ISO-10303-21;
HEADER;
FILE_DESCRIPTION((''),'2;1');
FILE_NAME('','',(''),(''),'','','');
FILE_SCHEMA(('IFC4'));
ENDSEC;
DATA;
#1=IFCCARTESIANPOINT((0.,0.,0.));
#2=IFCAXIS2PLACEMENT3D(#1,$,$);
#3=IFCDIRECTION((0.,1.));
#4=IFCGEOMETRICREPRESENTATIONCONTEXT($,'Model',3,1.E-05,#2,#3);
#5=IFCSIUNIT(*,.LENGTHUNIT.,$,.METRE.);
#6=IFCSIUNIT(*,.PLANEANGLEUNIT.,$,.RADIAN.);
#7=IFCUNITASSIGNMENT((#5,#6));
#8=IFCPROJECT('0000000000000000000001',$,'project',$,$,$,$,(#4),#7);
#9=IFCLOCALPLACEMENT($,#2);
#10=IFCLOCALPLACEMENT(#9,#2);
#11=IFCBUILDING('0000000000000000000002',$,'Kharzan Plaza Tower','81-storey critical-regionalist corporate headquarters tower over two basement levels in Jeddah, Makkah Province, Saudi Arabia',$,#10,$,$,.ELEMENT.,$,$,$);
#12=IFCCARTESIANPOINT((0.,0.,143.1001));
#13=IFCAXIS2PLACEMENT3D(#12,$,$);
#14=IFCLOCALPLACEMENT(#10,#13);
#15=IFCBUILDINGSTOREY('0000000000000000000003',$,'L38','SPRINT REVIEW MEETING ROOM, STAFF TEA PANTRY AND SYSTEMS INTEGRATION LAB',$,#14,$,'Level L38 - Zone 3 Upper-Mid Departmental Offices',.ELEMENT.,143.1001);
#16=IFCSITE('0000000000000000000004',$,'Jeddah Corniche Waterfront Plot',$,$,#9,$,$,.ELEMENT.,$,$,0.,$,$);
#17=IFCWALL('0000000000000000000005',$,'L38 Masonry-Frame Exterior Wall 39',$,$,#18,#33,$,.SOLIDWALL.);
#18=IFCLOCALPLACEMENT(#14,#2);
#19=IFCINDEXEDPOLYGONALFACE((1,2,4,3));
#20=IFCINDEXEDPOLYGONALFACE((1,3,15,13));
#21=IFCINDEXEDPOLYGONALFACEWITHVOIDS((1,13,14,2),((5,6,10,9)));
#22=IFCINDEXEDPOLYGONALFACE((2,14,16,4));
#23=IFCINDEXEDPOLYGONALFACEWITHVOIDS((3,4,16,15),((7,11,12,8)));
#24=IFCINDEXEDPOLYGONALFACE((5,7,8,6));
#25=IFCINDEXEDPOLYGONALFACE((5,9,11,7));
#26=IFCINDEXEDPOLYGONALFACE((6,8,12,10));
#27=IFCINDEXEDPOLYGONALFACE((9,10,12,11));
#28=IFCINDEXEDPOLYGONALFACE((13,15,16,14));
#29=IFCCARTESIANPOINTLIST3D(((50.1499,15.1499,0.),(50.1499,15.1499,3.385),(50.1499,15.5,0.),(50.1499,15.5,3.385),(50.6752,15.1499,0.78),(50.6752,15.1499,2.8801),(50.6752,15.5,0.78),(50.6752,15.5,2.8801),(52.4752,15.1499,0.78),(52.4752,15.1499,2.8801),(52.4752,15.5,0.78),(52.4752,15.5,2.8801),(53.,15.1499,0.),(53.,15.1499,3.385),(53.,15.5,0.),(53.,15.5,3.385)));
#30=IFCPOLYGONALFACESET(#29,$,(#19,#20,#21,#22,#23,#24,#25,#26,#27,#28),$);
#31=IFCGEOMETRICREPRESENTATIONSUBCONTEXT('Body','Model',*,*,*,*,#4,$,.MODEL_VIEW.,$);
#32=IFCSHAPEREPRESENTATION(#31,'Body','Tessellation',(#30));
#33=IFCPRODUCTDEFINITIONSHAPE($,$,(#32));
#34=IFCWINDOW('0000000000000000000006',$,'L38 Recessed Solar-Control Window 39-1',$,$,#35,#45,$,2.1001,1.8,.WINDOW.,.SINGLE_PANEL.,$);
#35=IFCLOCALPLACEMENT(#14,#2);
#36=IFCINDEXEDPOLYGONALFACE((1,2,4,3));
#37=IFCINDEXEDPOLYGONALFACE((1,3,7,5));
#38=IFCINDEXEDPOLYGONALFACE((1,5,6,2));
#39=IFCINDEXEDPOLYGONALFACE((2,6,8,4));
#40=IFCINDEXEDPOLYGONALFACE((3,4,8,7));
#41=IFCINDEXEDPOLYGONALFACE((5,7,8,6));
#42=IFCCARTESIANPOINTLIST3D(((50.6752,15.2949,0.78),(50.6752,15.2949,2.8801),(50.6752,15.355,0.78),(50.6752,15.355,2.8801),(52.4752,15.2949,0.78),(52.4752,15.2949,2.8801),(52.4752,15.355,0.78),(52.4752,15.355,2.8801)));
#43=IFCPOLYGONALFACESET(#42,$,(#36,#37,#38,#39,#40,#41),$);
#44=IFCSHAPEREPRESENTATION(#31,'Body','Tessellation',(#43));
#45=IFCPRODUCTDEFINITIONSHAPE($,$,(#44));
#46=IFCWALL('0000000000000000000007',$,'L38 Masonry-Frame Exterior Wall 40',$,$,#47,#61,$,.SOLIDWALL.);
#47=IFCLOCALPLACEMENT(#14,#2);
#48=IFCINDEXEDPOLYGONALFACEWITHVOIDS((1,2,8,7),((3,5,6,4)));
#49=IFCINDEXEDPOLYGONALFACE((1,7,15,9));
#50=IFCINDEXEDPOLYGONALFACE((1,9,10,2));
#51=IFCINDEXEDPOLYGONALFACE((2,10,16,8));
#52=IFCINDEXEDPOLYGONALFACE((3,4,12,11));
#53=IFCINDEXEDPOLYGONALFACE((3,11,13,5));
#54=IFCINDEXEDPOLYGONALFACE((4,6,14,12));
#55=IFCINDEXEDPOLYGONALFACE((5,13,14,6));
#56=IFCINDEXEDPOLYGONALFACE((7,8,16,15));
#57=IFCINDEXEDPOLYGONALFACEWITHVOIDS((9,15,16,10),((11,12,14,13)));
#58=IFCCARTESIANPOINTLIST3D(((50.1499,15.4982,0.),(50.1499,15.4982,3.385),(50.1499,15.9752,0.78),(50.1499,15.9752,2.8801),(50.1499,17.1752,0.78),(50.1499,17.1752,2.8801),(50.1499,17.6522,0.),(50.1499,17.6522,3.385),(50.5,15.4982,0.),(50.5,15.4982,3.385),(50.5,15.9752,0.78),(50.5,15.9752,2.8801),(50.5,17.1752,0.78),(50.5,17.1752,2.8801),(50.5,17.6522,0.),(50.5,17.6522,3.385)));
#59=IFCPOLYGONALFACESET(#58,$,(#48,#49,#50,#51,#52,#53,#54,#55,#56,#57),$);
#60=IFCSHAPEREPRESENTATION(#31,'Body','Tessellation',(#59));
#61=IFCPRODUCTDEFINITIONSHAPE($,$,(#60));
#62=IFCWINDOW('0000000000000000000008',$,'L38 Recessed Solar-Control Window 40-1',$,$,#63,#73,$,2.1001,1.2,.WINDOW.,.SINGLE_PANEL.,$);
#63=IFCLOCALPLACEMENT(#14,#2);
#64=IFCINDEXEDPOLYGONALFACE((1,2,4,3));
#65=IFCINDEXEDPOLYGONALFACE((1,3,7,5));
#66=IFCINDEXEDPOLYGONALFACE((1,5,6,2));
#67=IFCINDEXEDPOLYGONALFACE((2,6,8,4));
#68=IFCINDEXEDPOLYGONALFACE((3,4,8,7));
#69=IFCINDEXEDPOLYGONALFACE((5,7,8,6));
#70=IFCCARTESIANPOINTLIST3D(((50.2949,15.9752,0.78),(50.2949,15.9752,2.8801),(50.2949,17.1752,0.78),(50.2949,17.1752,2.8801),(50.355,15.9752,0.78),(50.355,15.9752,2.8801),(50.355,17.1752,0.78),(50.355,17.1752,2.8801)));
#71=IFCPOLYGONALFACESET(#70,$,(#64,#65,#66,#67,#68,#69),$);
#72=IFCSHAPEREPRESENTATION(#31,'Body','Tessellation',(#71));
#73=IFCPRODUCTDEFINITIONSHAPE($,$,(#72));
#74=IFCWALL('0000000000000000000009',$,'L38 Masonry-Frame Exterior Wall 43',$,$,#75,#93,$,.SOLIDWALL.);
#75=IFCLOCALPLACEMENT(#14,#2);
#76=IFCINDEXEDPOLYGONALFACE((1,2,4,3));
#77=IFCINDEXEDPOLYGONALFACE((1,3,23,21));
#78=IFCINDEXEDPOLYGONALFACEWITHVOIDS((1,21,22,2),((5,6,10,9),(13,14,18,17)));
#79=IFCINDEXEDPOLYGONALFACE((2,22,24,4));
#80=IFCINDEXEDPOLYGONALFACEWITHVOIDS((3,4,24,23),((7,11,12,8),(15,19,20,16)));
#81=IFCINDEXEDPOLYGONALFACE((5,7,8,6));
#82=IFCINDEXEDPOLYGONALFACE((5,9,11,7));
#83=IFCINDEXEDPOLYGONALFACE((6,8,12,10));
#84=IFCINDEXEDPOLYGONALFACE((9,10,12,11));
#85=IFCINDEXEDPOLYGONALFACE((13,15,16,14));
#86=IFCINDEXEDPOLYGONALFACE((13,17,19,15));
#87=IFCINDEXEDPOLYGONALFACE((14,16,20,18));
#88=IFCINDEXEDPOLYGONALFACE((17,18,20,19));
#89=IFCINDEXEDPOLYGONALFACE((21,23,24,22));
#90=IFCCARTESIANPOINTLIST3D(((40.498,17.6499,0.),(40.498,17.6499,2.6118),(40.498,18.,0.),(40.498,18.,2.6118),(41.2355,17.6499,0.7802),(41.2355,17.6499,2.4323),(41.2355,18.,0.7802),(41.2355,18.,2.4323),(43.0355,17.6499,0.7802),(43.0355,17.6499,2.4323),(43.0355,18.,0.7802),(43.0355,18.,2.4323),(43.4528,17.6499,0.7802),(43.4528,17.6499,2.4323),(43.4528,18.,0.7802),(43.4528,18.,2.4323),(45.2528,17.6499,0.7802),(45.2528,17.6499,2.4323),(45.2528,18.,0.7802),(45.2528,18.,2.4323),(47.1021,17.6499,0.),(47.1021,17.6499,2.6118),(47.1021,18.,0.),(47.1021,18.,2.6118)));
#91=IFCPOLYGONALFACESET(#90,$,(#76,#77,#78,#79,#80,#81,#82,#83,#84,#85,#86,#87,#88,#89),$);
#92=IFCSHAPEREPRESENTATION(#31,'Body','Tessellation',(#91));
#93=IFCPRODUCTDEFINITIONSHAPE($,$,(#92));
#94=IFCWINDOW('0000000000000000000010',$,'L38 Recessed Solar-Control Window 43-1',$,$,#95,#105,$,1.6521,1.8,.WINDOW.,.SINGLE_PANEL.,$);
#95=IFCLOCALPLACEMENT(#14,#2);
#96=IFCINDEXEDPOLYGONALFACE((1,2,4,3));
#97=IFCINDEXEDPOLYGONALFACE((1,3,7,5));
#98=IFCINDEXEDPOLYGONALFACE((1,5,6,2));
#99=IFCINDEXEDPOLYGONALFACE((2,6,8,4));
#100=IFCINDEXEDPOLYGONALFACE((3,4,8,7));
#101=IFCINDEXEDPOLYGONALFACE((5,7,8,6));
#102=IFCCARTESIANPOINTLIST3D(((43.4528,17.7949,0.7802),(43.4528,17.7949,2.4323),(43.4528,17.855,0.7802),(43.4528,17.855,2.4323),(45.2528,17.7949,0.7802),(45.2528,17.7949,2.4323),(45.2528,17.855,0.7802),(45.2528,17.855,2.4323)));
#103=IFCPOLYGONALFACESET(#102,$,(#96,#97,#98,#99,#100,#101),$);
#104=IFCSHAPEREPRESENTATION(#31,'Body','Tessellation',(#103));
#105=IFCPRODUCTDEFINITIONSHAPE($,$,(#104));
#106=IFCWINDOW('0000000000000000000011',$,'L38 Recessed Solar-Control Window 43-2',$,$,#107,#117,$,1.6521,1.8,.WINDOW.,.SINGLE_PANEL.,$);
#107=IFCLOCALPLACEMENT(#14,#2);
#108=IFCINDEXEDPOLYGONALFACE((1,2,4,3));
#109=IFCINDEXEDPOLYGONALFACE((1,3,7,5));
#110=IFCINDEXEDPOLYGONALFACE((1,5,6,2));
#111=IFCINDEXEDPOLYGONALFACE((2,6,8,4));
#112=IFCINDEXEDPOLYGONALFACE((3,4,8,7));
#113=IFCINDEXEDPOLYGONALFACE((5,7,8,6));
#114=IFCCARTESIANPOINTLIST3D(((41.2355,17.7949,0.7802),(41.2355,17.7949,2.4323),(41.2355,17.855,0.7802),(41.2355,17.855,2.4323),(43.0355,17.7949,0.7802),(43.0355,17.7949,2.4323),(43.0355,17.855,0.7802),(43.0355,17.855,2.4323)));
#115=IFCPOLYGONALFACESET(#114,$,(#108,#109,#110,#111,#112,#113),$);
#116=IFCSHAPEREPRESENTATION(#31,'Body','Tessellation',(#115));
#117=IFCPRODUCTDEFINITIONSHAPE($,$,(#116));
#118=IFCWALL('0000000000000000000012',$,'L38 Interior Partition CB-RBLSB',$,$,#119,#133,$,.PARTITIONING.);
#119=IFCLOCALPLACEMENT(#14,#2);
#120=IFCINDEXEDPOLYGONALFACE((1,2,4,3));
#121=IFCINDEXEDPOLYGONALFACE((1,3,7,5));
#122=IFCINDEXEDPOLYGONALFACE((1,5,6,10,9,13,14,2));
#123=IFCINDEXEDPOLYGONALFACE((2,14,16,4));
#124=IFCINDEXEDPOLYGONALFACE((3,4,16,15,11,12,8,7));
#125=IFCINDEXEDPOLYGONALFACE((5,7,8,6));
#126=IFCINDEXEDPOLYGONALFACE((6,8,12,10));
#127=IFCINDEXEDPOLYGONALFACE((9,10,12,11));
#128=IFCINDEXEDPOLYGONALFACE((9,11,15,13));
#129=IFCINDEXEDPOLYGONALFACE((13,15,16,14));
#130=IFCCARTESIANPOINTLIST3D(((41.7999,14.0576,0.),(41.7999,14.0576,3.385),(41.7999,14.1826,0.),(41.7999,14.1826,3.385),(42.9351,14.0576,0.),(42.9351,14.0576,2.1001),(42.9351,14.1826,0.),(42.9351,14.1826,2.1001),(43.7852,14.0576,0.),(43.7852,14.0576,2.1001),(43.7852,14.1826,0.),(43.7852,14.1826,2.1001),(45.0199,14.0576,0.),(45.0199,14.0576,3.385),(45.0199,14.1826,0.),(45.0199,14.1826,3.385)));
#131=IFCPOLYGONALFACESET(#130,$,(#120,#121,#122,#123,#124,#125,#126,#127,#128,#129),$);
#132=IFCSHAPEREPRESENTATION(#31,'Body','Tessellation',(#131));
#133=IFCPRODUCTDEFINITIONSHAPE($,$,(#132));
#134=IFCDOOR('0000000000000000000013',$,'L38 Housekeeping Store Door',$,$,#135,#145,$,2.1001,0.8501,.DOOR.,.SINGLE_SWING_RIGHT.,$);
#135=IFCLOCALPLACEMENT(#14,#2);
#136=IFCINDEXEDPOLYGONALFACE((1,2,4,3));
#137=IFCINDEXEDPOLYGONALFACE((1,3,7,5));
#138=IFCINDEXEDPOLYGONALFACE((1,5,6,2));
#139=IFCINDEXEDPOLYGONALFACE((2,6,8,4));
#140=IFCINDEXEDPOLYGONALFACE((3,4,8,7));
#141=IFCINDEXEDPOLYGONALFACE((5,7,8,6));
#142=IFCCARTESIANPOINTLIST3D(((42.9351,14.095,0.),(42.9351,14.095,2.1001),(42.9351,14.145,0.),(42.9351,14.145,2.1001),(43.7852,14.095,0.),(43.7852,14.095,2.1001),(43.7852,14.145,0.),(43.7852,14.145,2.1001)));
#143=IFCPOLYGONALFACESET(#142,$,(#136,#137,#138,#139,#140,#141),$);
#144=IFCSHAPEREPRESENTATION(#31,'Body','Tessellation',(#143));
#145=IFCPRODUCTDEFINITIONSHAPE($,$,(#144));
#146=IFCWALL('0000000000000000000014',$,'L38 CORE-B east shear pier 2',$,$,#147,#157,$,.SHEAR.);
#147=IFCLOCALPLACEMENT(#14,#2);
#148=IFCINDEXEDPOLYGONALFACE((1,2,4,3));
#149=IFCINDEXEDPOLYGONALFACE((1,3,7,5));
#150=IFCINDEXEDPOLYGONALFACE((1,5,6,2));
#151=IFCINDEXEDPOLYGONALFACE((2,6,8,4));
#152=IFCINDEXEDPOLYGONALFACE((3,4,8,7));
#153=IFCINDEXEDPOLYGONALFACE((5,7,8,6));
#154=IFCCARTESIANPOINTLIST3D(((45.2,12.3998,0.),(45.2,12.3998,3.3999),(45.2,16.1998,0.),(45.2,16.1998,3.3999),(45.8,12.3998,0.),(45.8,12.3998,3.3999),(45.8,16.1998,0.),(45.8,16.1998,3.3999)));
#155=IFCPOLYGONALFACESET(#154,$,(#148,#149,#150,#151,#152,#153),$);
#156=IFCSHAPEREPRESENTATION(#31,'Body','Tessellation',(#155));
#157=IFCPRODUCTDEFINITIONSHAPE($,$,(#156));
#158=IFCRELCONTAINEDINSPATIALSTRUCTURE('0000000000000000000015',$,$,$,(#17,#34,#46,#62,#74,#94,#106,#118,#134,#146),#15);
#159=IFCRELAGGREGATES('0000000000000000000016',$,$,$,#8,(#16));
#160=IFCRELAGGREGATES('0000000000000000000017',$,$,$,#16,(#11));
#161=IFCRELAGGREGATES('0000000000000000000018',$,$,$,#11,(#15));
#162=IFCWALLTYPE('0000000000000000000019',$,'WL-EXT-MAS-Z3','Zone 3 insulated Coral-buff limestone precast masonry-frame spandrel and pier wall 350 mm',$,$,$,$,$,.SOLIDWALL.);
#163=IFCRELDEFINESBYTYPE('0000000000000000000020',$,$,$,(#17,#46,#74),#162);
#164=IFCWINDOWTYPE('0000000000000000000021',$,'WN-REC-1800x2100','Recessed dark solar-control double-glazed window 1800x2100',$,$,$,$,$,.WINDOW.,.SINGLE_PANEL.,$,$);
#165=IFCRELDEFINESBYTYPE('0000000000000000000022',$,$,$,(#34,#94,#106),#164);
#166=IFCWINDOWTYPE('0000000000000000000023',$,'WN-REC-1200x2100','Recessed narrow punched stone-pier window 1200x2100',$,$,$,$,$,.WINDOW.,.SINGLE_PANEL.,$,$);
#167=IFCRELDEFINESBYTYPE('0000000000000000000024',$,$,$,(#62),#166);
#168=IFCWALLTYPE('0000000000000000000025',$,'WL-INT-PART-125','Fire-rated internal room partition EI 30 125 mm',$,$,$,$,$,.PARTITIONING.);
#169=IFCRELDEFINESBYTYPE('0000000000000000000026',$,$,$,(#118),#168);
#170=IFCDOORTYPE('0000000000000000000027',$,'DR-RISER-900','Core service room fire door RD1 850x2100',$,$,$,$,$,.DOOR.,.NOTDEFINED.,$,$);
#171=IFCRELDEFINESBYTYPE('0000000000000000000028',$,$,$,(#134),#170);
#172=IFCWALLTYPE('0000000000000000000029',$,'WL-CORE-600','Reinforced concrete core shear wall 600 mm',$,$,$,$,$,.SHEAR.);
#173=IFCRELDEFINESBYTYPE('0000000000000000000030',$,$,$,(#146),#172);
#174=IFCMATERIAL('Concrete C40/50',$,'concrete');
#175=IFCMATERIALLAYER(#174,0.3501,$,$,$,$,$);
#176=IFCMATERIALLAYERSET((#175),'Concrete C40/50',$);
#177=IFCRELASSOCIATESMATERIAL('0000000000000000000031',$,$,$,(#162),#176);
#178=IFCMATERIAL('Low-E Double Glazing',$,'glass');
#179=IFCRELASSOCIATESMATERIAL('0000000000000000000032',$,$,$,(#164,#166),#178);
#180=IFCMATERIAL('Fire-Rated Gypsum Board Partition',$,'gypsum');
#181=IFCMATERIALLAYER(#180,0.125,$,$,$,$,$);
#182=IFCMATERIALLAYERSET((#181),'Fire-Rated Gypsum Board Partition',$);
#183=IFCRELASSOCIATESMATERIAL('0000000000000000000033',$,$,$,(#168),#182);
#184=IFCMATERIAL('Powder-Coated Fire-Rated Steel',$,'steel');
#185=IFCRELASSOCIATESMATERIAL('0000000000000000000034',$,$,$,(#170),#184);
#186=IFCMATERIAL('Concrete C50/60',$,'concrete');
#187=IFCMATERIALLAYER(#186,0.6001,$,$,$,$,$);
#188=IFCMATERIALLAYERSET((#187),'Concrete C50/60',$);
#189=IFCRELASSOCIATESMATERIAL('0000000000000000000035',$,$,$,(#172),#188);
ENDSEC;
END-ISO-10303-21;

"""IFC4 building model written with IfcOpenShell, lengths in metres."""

from ifc_helpers import new_model, si_unit, direction, frame, frame_2d, origin, place, context, subcontext, project, spatial, rectangle, extrude, source, transform, mapped, material, layer, layer_set, type_object, element, fill, save


model = new_model("IFC4")

# Units and contexts
model_context = context("Model", 3, precision=1e-05, world=origin(), true_north=direction((0.0, 1.0)))
body_context = subcontext(model_context, "Body", "Model", "MODEL_VIEW")
ifc_project = project(units=[si_unit("LENGTHUNIT", "METRE"), si_unit("PLANEANGLEUNIT", "RADIAN")], contexts=[model_context])

# Site, building, storey
site_placement = place(None, origin())
site = spatial("IfcSite", under=ifc_project, at=site_placement, Name="Jeddah Corniche Waterfront Plot", CompositionType="ELEMENT", RefElevation=0.0)
building_placement = place(site_placement, origin())
building = spatial("IfcBuilding", under=site, at=building_placement, Name="Kharzan Plaza Tower", Description="81-storey critical-regionalist corporate headquarters tower over two basement levels in Jeddah, Makkah Province, Saudi Arabia", CompositionType="ELEMENT")
storey_placement = place(building_placement, frame((0.0, 0.0, 143.1001)))
storey = spatial("IfcBuildingStorey", under=building, at=storey_placement, Name="L38", Description="SPRINT REVIEW MEETING ROOM, STAFF TEA PANTRY AND SYSTEMS INTEGRATION LAB", LongName="Level L38 - Zone 3 Upper-Mid Departmental Offices", CompositionType="ELEMENT", Elevation=143.1001)

# Shared definitions
ifc_material_1 = material(Name="Concrete C50/60", Category="concrete")

# Walls, openings, windows
ifc_material_2 = material(Name="Concrete C40/50", Category="concrete")
ifc_layer_1 = layer(ifc_material_2, 0.3501)
ifc_layer_set_1 = layer_set([ifc_layer_1], Name="Concrete C40/50")
wall_type_1 = type_object("IfcWallType", Name="WL-EXT-MAS-Z3", Description="Zone 3 insulated Coral-buff limestone precast masonry-frame spandrel and pier wall 350 mm", PredefinedType="SOLIDWALL", material=ifc_layer_set_1)
wall_1_placement = place(storey_placement, frame((53.0, 15.325, 0.0), z_axis=(0.0, 0.0, 1.0), x_axis=(-1.0, 0.0, 0.0)))
wall_1 = element("IfcWall", 1, at=wall_1_placement, inside=storey, type_object=wall_type_1, Name="L38 Masonry-Frame Exterior Wall 39", PredefinedType="SOLIDWALL", context=body_context, shape_type="SweptSolid", body=[
    extrude(rectangle(XDim=2.8501, YDim=0.3501, at=frame_2d((1.425, 0.0))), origin(), (0.0, 0.0, 1.0), 3.385),
])
opening_1_placement = place(wall_1_placement, frame((0.5249, 0.0, 0.78)))
opening_1 = element("IfcOpeningElement", 2, at=opening_1_placement, cuts=wall_1, PredefinedType="OPENING", context=body_context, shape_type="SweptSolid", body=[
    extrude(rectangle(XDim=1.8, YDim=2.1001, at=frame_2d((0.8999, 1.05))), frame((0.0, 0.1851, 0.0), z_axis=(0.0, -1.0, 0.0), x_axis=(1.0, 0.0, 0.0)), (0.0, 0.0, 1.0), 0.3701),
])
ifc_material_3 = material(Name="Low-E Double Glazing", Category="glass")
window_type_1 = type_object("IfcWindowType", Name="WN-REC-1800x2100", Description="Recessed dark solar-control double-glazed window 1800x2100", PartitioningType="SINGLE_PANEL", PredefinedType="WINDOW", material=ifc_material_3)
shared_shape_1 = source(origin(), body_context, "Body", "SweptSolid", [
    extrude(rectangle(XDim=1.8, YDim=2.1001, at=frame_2d((0.8999, 1.05))), frame((0.0, 0.03, 0.0), z_axis=(0.0, -1.0, 0.0), x_axis=(1.0, 0.0, 0.0)), (0.0, 0.0, 1.0), 0.0601),
])
window_1_placement = place(opening_1_placement, origin())
window_1 = element("IfcWindow", 3, at=window_1_placement, inside=storey, type_object=window_type_1, Name="L38 Recessed Solar-Control Window 39-1", OverallHeight=2.1001, OverallWidth=1.8, PartitioningType="SINGLE_PANEL", PredefinedType="WINDOW", context=body_context, shape_type="MappedRepresentation", body=[
    mapped(shared_shape_1, transform((0.0, 0.0, 0.0), x_axis=(1.0, 0.0, 0.0), y_axis=(0.0, 1.0, 0.0), z_axis=(0.0, 0.0, 1.0))),
])
fill(opening_1, window_1)
wall_2_placement = place(storey_placement, frame((50.325, 15.498, 0.0), z_axis=(0.0, 0.0, 1.0), x_axis=(0.0, 1.0, 0.0)))
wall_2 = element("IfcWall", 4, at=wall_2_placement, inside=storey, type_object=wall_type_1, Name="L38 Masonry-Frame Exterior Wall 40", PredefinedType="SOLIDWALL", context=body_context, shape_type="SweptSolid", body=[
    extrude(rectangle(XDim=2.1541, YDim=0.3501, at=frame_2d((1.0771, 0.0))), origin(), (0.0, 0.0, 1.0), 3.385),
])
opening_2_placement = place(wall_2_placement, frame((0.4771, 0.0, 0.78)))
opening_2 = element("IfcOpeningElement", 5, at=opening_2_placement, cuts=wall_2, PredefinedType="OPENING", context=body_context, shape_type="SweptSolid", body=[
    extrude(rectangle(XDim=1.2, YDim=2.1001, at=frame_2d((0.6001, 1.05))), frame((0.0, 0.1851, 0.0), z_axis=(0.0, -1.0, 0.0), x_axis=(1.0, 0.0, 0.0)), (0.0, 0.0, 1.0), 0.3701),
])
window_type_2 = type_object("IfcWindowType", Name="WN-REC-1200x2100", Description="Recessed narrow punched stone-pier window 1200x2100", PartitioningType="SINGLE_PANEL", PredefinedType="WINDOW", material=ifc_material_3)
shared_shape_2 = source(origin(), body_context, "Body", "SweptSolid", [
    extrude(rectangle(XDim=1.2, YDim=2.1001, at=frame_2d((0.6001, 1.05))), frame((0.0, 0.03, 0.0), z_axis=(0.0, -1.0, 0.0), x_axis=(1.0, 0.0, 0.0)), (0.0, 0.0, 1.0), 0.0601),
])
window_2_placement = place(opening_2_placement, origin())
window_2 = element("IfcWindow", 6, at=window_2_placement, inside=storey, type_object=window_type_2, Name="L38 Recessed Solar-Control Window 40-1", OverallHeight=2.1001, OverallWidth=1.2, PartitioningType="SINGLE_PANEL", PredefinedType="WINDOW", context=body_context, shape_type="MappedRepresentation", body=[
    mapped(shared_shape_2, transform((0.0, 0.0, 0.0), x_axis=(1.0, 0.0, 0.0), y_axis=(0.0, 1.0, 0.0), z_axis=(0.0, 0.0, 1.0))),
])
fill(opening_2, window_2)

# Wall, openings, windows
wall_3_placement = place(storey_placement, frame((47.1021, 17.825, 0.0), z_axis=(0.0, 0.0, 1.0), x_axis=(-1.0, 0.0, 0.0)))
wall_3 = element("IfcWall", 7, at=wall_3_placement, inside=storey, type_object=wall_type_1, Name="L38 Masonry-Frame Exterior Wall 43", PredefinedType="SOLIDWALL", context=body_context, shape_type="SweptSolid", body=[
    extrude(rectangle(XDim=6.604, YDim=0.3501, at=frame_2d((3.302, 0.0))), origin(), (0.0, 0.0, 1.0), 2.6118),
])
opening_3_placement = place(wall_3_placement, frame((1.8494, 0.0, 0.78)))
opening_3 = element("IfcOpeningElement", 8, at=opening_3_placement, cuts=wall_3, PredefinedType="OPENING", context=body_context, shape_type="SweptSolid", body=[
    extrude(rectangle(XDim=1.8, YDim=1.6521, at=frame_2d((0.8999, 0.8262))), frame((0.0, 0.1851, 0.0), z_axis=(0.0, -1.0, 0.0), x_axis=(1.0, 0.0, 0.0)), (0.0, 0.0, 1.0), 0.3701),
])
opening_4_placement = place(wall_3_placement, frame((4.0667, 0.0, 0.78)))
opening_4 = element("IfcOpeningElement", 9, at=opening_4_placement, cuts=wall_3, PredefinedType="OPENING", context=body_context, shape_type="SweptSolid", body=[
    extrude(rectangle(XDim=1.8, YDim=1.6521, at=frame_2d((0.8999, 0.8262))), frame((0.0, 0.1851, 0.0), z_axis=(0.0, -1.0, 0.0), x_axis=(1.0, 0.0, 0.0)), (0.0, 0.0, 1.0), 0.3701),
])
shared_shape_3 = source(origin(), body_context, "Body", "SweptSolid", [
    extrude(rectangle(XDim=1.8, YDim=1.6521, at=frame_2d((0.8999, 0.8262))), frame((0.0, 0.03, 0.0), z_axis=(0.0, -1.0, 0.0), x_axis=(1.0, 0.0, 0.0)), (0.0, 0.0, 1.0), 0.0601),
])
window_3_placement = place(opening_3_placement, origin())
window_3 = element("IfcWindow", 10, at=window_3_placement, inside=storey, type_object=window_type_1, Name="L38 Recessed Solar-Control Window 43-1", OverallHeight=1.6521, OverallWidth=1.8, PartitioningType="SINGLE_PANEL", PredefinedType="WINDOW", context=body_context, shape_type="MappedRepresentation", body=[
    mapped(shared_shape_3, transform((0.0, 0.0, 0.0), x_axis=(1.0, 0.0, 0.0), y_axis=(0.0, 1.0, 0.0), z_axis=(0.0, 0.0, 1.0))),
])
fill(opening_3, window_3)
window_4_placement = place(opening_4_placement, origin())
window_4 = element("IfcWindow", 11, at=window_4_placement, inside=storey, type_object=window_type_1, Name="L38 Recessed Solar-Control Window 43-2", OverallHeight=1.6521, OverallWidth=1.8, PartitioningType="SINGLE_PANEL", PredefinedType="WINDOW", context=body_context, shape_type="MappedRepresentation", body=[
    mapped(shared_shape_3, transform((0.0, 0.0, 0.0), x_axis=(1.0, 0.0, 0.0), y_axis=(0.0, 1.0, 0.0), z_axis=(0.0, 0.0, 1.0))),
])
fill(opening_4, window_4)

# Wall, opening, door
ifc_material_4 = material(Name="Fire-Rated Gypsum Board Partition", Category="gypsum")
ifc_layer_2 = layer(ifc_material_4, 0.125)
ifc_layer_set_2 = layer_set([ifc_layer_2], Name="Fire-Rated Gypsum Board Partition")
wall_type_2 = type_object("IfcWallType", Name="WL-INT-PART-125", Description="Fire-rated internal room partition EI 30 125 mm", PredefinedType="PARTITIONING", material=ifc_layer_set_2)
wall_4_placement = place(storey_placement, frame((41.8, 14.1201, 0.0), z_axis=(0.0, 0.0, 1.0), x_axis=(1.0, 0.0, 0.0)))
wall_4 = element("IfcWall", 12, at=wall_4_placement, inside=storey, type_object=wall_type_2, Name="L38 Interior Partition CB-RBLSB", PredefinedType="PARTITIONING", context=body_context, shape_type="SweptSolid", body=[
    extrude(rectangle(XDim=3.22, YDim=0.125, at=frame_2d((1.6099, 0.0))), origin(), (0.0, 0.0, 1.0), 3.385),
])
opening_5_placement = place(wall_4_placement, frame((1.135, 0.0, 0.0)))
opening_5 = element("IfcOpeningElement", 13, at=opening_5_placement, cuts=wall_4, PredefinedType="OPENING", context=body_context, shape_type="SweptSolid", body=[
    extrude(rectangle(XDim=0.8501, YDim=2.1001, at=frame_2d((0.425, 1.05))), frame((0.0, 0.0725, 0.0), z_axis=(0.0, -1.0, 0.0), x_axis=(1.0, 0.0, 0.0)), (0.0, 0.0, 1.0), 0.145),
])
ifc_material_5 = material(Name="Powder-Coated Fire-Rated Steel", Category="steel")
door_type_1 = type_object("IfcDoorType", Name="DR-RISER-900", Description="Core service room fire door RD1 850x2100", OperationType="NOTDEFINED", PredefinedType="DOOR", material=ifc_material_5)
shared_shape_4 = source(origin(), body_context, "Body", "SweptSolid", [
    extrude(rectangle(XDim=0.8501, YDim=2.1001, at=frame_2d((0.425, 1.05))), frame((0.0, 0.0249, 0.0), z_axis=(0.0, -1.0, 0.0), x_axis=(1.0, 0.0, 0.0)), (0.0, 0.0, 1.0), 0.05),
])
door_1_placement = place(opening_5_placement, origin())
door_1 = element("IfcDoor", 14, at=door_1_placement, inside=storey, type_object=door_type_1, Name="L38 Housekeeping Store Door", OperationType="SINGLE_SWING_RIGHT", OverallHeight=2.1001, OverallWidth=0.8501, PredefinedType="DOOR", context=body_context, shape_type="MappedRepresentation", body=[
    mapped(shared_shape_4, transform((0.0, 0.0, 0.0), x_axis=(1.0, 0.0, 0.0), y_axis=(0.0, 1.0, 0.0), z_axis=(0.0, 0.0, 1.0))),
])
fill(opening_5, door_1)

# Wall
ifc_layer_3 = layer(ifc_material_1, 0.6001)
ifc_layer_set_3 = layer_set([ifc_layer_3], Name="Concrete C50/60")
wall_type_3 = type_object("IfcWallType", Name="WL-CORE-600", Description="Reinforced concrete core shear wall 600 mm", PredefinedType="SHEAR", material=ifc_layer_set_3)
shared_shape_5 = source(origin(), body_context, "Body", "SweptSolid", [
    extrude(rectangle(XDim=3.8, YDim=0.6001, at=frame_2d((1.8999, 0.0))), origin(), (0.0, 0.0, 1.0), 3.3999),
])
wall_5_placement = place(storey_placement, frame((45.5, 12.3999, 0.0), z_axis=(0.0, 0.0, 1.0), x_axis=(0.0, 1.0, 0.0)))
element("IfcWall", 15, at=wall_5_placement, inside=storey, type_object=wall_type_3, Name="L38 CORE-B east shear pier 2", PredefinedType="SHEAR", context=body_context, shape_type="MappedRepresentation", body=[
    mapped(shared_shape_5, transform((0.0, 0.0, 0.0), x_axis=(1.0, 0.0, 0.0), y_axis=(0.0, 1.0, 0.0), z_axis=(0.0, 0.0, 1.0))),
])

save(model, "model.ifc")
